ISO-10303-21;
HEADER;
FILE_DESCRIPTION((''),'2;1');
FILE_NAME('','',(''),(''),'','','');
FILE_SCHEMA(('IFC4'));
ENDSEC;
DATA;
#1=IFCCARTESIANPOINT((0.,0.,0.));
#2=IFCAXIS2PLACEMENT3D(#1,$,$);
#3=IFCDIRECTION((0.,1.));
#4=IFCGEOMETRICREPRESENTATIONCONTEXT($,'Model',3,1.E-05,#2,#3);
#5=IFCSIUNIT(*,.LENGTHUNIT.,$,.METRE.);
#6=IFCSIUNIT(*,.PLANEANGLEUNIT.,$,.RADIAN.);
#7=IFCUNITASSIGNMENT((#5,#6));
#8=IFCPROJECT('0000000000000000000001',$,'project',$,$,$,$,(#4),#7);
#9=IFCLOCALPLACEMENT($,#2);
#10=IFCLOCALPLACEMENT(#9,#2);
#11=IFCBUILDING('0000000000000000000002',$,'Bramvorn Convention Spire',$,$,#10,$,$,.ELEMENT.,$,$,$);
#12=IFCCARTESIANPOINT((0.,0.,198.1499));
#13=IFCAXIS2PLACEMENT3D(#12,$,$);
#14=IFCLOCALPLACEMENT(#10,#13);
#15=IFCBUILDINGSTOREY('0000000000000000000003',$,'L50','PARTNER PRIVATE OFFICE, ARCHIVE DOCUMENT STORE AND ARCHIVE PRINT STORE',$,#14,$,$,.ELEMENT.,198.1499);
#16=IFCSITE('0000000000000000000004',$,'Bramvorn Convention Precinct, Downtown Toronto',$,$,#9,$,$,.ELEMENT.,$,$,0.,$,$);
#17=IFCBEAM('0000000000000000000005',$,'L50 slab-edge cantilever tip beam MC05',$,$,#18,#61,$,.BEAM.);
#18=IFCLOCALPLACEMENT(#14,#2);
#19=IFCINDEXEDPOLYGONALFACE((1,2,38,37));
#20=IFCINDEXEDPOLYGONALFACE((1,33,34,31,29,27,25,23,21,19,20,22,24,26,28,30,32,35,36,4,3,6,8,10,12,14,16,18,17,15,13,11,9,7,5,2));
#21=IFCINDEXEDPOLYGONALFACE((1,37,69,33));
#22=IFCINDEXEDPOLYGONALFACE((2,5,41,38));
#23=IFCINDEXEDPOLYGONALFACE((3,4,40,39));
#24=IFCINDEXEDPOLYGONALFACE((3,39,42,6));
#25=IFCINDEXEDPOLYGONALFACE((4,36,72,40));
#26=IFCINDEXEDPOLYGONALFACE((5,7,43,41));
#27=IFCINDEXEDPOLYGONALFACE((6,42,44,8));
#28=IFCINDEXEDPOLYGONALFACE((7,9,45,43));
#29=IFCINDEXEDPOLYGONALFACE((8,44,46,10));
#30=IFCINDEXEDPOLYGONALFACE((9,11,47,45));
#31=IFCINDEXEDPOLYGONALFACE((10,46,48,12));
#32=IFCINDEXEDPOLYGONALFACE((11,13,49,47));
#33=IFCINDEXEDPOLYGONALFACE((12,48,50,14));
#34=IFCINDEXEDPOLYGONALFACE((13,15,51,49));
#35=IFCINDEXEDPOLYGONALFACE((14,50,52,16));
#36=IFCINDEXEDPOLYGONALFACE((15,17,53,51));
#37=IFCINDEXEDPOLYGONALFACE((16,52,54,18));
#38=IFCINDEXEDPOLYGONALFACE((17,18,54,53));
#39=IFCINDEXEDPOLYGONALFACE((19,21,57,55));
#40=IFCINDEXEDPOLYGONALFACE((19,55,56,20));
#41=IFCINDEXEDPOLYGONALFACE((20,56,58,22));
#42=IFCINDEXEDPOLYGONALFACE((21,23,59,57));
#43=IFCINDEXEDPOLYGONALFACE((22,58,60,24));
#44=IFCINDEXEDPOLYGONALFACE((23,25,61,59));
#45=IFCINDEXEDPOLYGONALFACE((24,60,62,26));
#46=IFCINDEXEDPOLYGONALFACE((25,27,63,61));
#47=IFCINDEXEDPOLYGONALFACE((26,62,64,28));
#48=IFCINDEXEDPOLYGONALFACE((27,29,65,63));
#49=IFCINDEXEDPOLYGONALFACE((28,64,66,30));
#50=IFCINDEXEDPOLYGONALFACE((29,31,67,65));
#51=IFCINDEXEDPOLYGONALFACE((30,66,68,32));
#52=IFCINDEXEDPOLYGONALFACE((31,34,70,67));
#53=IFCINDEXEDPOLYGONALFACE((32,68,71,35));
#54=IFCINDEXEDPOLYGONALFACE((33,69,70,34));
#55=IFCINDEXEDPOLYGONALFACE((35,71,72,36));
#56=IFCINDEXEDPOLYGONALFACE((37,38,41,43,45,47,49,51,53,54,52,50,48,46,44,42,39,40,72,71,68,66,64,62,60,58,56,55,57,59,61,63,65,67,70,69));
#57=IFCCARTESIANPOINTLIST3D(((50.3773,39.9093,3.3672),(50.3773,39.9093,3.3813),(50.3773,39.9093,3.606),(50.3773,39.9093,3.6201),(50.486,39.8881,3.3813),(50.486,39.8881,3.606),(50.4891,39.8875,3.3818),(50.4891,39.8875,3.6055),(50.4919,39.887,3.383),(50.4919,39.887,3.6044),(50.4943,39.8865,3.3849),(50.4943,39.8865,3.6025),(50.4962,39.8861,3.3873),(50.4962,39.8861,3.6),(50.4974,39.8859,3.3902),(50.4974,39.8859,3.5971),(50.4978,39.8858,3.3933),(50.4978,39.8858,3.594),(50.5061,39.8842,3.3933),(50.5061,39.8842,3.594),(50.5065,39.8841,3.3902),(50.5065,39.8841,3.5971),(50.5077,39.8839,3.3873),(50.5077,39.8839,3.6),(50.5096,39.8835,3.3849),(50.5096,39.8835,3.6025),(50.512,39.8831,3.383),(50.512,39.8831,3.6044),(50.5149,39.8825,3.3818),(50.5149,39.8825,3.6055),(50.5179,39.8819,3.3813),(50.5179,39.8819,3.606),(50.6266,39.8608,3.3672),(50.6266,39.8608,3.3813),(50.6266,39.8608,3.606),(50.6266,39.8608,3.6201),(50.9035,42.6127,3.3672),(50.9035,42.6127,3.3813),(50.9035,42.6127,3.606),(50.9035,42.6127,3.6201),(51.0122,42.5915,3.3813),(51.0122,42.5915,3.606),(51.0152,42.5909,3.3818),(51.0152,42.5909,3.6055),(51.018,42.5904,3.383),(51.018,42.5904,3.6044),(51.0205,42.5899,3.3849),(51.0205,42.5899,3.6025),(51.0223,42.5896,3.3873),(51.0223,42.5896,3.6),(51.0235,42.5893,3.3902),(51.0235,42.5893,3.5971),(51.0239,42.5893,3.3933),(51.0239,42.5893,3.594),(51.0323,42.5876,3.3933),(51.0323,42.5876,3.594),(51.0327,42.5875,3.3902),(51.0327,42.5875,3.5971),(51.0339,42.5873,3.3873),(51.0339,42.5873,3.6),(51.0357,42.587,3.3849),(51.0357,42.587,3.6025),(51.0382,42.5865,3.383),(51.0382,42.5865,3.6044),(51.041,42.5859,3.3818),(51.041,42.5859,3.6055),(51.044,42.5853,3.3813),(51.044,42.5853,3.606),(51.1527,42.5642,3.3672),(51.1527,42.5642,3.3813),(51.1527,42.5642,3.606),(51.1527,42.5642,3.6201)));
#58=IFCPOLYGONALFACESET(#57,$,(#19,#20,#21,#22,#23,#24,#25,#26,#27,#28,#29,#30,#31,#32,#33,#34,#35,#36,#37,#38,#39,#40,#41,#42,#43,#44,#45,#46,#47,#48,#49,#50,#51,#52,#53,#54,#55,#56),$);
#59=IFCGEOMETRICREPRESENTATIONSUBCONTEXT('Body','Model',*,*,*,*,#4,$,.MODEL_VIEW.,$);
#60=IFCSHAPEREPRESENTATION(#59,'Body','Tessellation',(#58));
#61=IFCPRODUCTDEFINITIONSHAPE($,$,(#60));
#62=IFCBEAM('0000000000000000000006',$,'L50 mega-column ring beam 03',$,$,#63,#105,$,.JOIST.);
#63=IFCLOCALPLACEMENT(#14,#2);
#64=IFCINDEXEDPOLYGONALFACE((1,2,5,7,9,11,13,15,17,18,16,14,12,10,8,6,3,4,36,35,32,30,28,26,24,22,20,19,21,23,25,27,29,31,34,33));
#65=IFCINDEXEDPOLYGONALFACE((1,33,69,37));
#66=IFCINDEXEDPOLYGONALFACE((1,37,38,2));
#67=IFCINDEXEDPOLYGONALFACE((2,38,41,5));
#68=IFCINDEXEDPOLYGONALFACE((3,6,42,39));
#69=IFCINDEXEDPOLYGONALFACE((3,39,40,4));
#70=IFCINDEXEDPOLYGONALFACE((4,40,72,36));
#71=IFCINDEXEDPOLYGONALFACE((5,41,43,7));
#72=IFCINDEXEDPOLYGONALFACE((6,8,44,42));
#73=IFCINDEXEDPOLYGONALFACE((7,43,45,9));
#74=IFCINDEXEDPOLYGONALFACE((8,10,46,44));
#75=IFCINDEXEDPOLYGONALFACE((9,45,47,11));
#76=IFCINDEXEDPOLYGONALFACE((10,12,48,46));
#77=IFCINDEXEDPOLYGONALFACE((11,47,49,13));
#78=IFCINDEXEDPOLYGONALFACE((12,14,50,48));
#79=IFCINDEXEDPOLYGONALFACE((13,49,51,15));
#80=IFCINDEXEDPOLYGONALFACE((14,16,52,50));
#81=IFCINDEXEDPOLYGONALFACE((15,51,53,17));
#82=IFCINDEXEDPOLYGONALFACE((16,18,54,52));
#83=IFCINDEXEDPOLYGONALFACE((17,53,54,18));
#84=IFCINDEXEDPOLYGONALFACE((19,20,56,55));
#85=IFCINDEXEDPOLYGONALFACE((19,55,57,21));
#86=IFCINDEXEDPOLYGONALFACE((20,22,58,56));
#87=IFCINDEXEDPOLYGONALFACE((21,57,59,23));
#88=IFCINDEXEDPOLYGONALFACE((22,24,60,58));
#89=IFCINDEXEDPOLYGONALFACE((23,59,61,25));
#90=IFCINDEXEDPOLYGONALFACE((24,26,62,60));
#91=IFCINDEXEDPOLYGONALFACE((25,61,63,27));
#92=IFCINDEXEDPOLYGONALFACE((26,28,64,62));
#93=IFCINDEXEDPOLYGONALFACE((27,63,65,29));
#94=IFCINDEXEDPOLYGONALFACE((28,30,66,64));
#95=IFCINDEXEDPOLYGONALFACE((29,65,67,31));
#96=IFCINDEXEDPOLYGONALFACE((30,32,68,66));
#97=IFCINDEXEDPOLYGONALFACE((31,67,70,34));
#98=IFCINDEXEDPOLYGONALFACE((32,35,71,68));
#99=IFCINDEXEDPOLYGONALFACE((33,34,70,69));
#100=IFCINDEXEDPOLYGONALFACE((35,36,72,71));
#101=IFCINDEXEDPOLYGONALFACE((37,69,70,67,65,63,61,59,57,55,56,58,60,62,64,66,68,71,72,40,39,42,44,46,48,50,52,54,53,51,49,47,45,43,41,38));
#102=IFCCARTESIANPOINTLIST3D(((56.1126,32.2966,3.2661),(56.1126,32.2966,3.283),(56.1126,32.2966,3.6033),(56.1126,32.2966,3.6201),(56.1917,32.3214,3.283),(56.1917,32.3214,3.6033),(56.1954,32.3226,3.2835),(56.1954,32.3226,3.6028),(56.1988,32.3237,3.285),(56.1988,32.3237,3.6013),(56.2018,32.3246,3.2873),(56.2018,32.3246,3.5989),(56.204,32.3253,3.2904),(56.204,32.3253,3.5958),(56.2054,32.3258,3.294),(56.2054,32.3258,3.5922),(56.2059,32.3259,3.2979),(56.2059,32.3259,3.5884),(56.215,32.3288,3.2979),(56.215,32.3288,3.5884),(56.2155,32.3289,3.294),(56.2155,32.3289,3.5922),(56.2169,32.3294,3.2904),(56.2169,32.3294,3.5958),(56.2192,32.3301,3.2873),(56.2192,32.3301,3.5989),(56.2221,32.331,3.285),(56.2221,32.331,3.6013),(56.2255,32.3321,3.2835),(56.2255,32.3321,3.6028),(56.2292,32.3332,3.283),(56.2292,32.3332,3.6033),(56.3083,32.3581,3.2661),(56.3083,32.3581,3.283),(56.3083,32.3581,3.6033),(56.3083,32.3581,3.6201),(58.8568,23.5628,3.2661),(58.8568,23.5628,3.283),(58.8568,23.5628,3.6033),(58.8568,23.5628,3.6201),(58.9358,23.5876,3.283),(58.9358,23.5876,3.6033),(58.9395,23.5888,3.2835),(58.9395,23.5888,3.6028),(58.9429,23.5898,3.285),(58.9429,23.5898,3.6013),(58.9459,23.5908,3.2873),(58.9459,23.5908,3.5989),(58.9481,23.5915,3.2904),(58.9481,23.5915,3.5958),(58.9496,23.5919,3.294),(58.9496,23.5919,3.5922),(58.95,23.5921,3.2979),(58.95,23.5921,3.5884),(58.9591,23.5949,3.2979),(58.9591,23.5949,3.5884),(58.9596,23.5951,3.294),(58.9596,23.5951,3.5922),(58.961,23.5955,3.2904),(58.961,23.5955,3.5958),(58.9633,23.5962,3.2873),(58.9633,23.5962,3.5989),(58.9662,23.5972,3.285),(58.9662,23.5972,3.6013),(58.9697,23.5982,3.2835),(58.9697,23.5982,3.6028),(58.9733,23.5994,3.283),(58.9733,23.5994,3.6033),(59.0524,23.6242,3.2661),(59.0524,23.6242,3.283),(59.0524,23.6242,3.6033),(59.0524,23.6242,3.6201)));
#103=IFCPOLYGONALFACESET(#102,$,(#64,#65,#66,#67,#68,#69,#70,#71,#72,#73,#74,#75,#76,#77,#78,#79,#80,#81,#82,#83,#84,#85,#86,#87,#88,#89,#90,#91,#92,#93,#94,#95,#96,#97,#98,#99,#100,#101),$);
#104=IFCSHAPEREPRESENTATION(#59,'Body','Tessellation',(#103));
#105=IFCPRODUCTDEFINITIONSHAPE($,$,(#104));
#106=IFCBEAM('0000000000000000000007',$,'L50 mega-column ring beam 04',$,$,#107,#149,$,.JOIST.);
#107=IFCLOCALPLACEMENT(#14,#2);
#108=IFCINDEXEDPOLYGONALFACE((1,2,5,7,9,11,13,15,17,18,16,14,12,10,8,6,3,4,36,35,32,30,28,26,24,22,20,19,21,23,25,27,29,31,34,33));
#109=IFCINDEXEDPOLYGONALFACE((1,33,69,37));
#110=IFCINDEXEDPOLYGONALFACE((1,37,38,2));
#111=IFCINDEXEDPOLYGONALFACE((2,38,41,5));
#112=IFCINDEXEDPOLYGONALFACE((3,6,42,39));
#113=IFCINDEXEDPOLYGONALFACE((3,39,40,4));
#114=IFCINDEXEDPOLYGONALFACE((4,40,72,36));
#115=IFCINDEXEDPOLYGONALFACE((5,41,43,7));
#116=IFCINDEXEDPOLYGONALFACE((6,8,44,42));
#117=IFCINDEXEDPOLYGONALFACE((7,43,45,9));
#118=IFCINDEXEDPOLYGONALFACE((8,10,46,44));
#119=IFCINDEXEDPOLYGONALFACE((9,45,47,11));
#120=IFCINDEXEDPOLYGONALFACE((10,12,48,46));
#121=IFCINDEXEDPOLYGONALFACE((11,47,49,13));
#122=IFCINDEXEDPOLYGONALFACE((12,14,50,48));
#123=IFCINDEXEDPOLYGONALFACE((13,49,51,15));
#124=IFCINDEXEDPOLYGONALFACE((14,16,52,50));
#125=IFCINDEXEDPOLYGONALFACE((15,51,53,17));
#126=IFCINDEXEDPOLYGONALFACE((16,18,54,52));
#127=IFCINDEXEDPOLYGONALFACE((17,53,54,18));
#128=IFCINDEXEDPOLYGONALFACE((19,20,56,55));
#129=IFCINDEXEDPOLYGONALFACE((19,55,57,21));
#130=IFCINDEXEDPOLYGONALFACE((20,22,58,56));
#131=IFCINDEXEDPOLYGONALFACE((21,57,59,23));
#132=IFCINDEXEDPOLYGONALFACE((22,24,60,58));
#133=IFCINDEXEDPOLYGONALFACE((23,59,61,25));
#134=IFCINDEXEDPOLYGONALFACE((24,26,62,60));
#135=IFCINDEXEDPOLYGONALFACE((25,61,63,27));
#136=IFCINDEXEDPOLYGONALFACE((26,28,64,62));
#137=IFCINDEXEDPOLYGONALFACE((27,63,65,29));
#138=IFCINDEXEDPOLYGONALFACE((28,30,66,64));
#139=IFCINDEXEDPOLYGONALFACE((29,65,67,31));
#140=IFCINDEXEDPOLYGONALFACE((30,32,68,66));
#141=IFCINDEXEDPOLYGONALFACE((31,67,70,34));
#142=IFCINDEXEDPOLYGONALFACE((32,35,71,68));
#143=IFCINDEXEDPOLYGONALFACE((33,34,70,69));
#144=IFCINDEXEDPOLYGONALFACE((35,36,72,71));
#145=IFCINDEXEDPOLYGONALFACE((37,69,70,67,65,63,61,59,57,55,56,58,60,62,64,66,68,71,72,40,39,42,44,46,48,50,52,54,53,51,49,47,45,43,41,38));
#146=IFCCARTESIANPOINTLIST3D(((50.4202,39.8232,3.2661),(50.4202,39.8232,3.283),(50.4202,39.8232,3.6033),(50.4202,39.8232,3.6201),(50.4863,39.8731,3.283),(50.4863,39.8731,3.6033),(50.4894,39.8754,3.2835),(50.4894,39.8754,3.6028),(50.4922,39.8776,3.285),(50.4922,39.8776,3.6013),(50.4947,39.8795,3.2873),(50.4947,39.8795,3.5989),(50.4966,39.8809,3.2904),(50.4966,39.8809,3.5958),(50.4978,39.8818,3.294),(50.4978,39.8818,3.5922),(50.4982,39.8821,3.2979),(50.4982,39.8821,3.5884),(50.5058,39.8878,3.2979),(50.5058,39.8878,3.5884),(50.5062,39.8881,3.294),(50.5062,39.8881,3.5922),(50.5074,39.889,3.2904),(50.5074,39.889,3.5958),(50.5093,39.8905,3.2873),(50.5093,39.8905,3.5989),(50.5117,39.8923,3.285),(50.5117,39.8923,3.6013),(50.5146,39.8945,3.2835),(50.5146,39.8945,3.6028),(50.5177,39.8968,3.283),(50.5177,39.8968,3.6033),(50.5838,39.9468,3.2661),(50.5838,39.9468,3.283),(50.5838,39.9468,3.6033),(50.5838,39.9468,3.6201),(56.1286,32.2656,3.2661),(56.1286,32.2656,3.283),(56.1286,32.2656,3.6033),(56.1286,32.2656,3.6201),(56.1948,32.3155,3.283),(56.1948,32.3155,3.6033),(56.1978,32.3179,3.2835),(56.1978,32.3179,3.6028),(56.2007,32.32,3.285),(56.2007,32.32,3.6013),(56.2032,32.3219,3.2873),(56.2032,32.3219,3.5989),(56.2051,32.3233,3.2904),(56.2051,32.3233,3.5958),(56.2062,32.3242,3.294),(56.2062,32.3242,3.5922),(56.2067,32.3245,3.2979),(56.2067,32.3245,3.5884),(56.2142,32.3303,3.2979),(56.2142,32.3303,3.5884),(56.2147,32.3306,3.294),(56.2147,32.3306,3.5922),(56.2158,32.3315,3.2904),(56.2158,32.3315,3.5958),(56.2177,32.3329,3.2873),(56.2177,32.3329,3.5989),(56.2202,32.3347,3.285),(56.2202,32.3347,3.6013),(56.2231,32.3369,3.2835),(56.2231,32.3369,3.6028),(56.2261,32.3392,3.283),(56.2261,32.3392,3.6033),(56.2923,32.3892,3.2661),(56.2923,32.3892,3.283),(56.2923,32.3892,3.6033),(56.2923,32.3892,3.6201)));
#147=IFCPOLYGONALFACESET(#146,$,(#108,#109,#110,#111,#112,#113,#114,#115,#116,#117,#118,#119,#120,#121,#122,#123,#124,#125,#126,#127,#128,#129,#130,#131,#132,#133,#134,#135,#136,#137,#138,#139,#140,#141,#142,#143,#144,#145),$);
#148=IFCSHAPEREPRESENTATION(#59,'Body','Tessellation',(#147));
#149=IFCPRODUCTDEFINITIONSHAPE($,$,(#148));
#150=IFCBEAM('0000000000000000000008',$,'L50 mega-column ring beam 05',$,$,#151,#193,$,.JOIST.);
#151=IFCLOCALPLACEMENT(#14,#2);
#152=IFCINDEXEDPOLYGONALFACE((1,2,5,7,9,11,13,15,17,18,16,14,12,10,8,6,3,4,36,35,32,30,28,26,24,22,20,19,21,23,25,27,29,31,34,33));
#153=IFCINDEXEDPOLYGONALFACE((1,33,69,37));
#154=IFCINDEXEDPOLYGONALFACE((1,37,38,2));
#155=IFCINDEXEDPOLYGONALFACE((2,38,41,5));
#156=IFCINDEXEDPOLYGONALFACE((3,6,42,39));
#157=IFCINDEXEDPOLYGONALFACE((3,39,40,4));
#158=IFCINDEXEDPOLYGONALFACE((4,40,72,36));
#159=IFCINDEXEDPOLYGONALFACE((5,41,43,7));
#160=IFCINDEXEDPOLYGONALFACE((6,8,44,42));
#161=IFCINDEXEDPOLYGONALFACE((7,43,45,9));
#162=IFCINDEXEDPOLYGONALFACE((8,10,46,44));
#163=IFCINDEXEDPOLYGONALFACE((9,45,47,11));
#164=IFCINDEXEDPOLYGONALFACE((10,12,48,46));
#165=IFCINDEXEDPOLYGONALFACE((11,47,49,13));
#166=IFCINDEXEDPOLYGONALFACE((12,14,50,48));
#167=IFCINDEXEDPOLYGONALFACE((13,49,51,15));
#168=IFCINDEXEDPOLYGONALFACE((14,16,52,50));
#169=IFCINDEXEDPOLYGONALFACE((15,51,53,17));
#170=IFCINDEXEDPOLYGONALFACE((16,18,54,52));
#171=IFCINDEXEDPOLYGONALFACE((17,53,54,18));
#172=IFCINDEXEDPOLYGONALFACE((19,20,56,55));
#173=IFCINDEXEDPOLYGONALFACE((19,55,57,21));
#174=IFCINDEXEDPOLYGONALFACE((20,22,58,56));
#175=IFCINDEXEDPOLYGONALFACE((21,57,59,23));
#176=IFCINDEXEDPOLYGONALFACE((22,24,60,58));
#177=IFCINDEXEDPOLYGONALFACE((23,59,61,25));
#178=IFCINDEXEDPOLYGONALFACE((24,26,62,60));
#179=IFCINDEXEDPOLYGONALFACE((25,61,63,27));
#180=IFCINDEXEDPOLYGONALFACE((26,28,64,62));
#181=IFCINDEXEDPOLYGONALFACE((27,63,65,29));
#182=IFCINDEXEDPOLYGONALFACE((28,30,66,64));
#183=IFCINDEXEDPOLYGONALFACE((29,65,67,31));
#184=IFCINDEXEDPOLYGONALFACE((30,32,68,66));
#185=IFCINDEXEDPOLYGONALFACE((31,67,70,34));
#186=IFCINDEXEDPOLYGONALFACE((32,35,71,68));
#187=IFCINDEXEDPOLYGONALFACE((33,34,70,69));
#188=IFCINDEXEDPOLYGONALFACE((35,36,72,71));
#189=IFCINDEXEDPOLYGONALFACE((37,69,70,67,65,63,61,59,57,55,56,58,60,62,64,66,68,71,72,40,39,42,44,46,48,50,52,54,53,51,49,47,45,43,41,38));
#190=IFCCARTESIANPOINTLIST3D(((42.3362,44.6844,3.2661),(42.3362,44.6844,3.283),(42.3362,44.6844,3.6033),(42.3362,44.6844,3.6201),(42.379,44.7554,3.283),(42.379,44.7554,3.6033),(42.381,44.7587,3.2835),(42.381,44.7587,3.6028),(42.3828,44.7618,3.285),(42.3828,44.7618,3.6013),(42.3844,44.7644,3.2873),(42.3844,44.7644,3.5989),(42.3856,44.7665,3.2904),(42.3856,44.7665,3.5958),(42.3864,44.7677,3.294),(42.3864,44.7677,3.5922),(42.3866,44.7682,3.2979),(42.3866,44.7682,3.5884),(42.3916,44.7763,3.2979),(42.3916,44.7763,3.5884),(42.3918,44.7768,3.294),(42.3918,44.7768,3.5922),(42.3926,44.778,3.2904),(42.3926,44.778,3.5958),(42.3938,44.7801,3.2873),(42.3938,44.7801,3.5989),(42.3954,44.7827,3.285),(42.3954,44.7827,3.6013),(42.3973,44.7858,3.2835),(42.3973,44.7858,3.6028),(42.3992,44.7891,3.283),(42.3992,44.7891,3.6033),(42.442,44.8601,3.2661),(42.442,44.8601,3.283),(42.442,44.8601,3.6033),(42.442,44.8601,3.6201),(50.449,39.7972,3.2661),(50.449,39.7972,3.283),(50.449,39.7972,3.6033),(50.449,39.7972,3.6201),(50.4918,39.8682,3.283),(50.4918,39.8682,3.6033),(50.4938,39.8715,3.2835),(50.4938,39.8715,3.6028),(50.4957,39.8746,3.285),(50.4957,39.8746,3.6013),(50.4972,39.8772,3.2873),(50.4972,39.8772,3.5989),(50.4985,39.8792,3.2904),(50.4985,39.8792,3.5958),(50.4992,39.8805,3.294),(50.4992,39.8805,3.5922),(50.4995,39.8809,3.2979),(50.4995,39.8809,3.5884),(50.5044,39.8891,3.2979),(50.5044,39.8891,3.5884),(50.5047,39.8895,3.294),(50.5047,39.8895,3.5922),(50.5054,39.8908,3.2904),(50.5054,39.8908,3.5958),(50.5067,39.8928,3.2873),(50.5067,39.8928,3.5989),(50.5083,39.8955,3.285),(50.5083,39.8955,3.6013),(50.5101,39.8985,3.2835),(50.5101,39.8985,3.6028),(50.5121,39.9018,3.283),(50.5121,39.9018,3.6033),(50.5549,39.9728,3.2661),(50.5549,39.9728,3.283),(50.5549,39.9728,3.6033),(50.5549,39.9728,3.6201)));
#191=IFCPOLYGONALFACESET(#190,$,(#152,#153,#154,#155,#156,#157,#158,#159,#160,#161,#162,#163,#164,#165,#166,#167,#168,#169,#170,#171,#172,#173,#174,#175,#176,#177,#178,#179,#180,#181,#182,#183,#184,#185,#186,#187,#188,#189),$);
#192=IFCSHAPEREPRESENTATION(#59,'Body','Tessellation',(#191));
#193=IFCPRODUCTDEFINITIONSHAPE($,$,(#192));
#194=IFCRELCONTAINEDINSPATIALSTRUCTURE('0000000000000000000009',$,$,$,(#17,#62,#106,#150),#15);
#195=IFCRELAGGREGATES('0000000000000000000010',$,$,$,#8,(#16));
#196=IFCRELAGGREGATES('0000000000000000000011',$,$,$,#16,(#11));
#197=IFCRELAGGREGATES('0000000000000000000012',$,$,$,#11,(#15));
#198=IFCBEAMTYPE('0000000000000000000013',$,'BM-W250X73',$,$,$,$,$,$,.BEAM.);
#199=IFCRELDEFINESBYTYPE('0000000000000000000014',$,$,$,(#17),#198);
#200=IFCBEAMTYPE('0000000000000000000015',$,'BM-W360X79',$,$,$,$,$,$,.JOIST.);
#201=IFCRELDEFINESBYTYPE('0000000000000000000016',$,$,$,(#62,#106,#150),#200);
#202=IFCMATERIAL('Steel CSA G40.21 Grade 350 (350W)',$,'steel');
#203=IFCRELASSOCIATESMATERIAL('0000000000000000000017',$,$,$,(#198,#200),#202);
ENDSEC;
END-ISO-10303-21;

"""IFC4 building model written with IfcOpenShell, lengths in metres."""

from ifc_helpers import new_model, si_unit, direction, frame, origin, origin_2d, place, context, subcontext, project, spatial, i_section, extrude, material, material_profile, profile_set, type_object, element, save


model = new_model("IFC4")

# Units and contexts
model_context = context("Model", 3, precision=1e-05, world=origin(), true_north=direction((0.0, 1.0)))
body_context = subcontext(model_context, "Body", "Model", "MODEL_VIEW")
ifc_project = project(units=[si_unit("LENGTHUNIT", "METRE"), si_unit("PLANEANGLEUNIT", "RADIAN")], contexts=[model_context])

# Site, building, storey
site_placement = place(None, origin())
site = spatial("IfcSite", under=ifc_project, at=site_placement, Name="Bramvorn Convention Precinct, Downtown Toronto", CompositionType="ELEMENT", RefElevation=0.0)
building_placement = place(site_placement, origin())
building = spatial("IfcBuilding", under=site, at=building_placement, Name="Bramvorn Convention Spire", CompositionType="ELEMENT")
storey_placement = place(building_placement, frame((0.0, 0.0, 198.1499)))
storey = spatial("IfcBuildingStorey", under=building, at=storey_placement, Name="L50", Description="PARTNER PRIVATE OFFICE, ARCHIVE DOCUMENT STORE AND ARCHIVE PRINT STORE", CompositionType="ELEMENT", Elevation=198.1499)

# Shared definitions
ifc_material_1 = material(Name="Steel CSA G40.21 Grade 350 (350W)", Category="steel")

# Beams
ifc_material_profile_1 = material_profile(ifc_material_1, i_section(OverallWidth=0.2539, OverallDepth=0.2529, WebThickness=0.0085, FlangeThickness=0.0142, FilletRadius=0.012, at=origin_2d()))
ifc_profile_set_1 = profile_set([ifc_material_profile_1], Name="Steel CSA G40.21 Grade 350 (350W) - W250X73")
beam_type_1 = type_object("IfcBeamType", Name="BM-W250X73", PredefinedType="BEAM", material=ifc_profile_set_1)
beam_1_placement = place(storey_placement, frame((50.502, 39.885, 3.4937), z_axis=(0.191033, 0.981584, 0.0), x_axis=(-0.981584, 0.191033, 0.0)))
element("IfcBeam", 1, at=beam_1_placement, inside=storey, type_object=beam_type_1, Name="L50 slab-edge cantilever tip beam MC05", PredefinedType="BEAM", context=body_context, shape_type="SweptSolid", body=[
    extrude(i_section(OverallWidth=0.2539, OverallDepth=0.2529, WebThickness=0.0085, FlangeThickness=0.0142, FilletRadius=0.012, at=origin_2d()), origin(), (0.0, 0.0, 1.0), 2.7542),
])
ifc_material_profile_2 = material_profile(ifc_material_1, i_section(OverallWidth=0.2051, OverallDepth=0.354, WebThickness=0.0095, FlangeThickness=0.0168, FilletRadius=0.0149, at=origin_2d()))
ifc_profile_set_2 = profile_set([ifc_material_profile_2], Name="Steel CSA G40.21 Grade 350 (350W) - W360X79")
beam_type_2 = type_object("IfcBeamType", Name="BM-W360X79", PredefinedType="JOIST", material=ifc_profile_set_2)
beam_2_placement = place(storey_placement, frame((58.9546, 23.5935, 3.4431), z_axis=(-0.299748, 0.954019, 0.0), x_axis=(-0.954019, -0.299748, 0.0)))
element("IfcBeam", 2, at=beam_2_placement, inside=storey, type_object=beam_type_2, Name="L50 mega-column ring beam 03", PredefinedType="JOIST", context=body_context, shape_type="SweptSolid", body=[
    extrude(i_section(OverallWidth=0.2051, OverallDepth=0.354, WebThickness=0.0095, FlangeThickness=0.0168, FilletRadius=0.0149, at=origin_2d()), origin(), (0.0, 0.0, 1.0), 9.1548),
])
for number, where, z_axis, x_axis, name in (
    (3, (56.2104, 32.3274, 3.4431), (-0.602719, 0.797954, 0.0), (-0.797954, -0.602719, 0.0), "L50 mega-column ring beam 04"),
    (4, (50.502, 39.885, 3.4431), (-0.856582, 0.516011, 0.0), (-0.516011, -0.856582, 0.0), "L50 mega-column ring beam 05"),
):
    element("IfcBeam", number, at=place(storey_placement, frame(where, z_axis=z_axis, x_axis=x_axis)), inside=storey, type_object=beam_type_2, Name=name, PredefinedType="JOIST", context=body_context, shape_type="SweptSolid", body=[
        extrude(i_section(OverallWidth=0.2051, OverallDepth=0.354, WebThickness=0.0095, FlangeThickness=0.0168, FilletRadius=0.0149, at=origin_2d()), origin(), (0.0, 0.0, 1.0), 9.4712),
    ])

save(model, "model.ifc")
